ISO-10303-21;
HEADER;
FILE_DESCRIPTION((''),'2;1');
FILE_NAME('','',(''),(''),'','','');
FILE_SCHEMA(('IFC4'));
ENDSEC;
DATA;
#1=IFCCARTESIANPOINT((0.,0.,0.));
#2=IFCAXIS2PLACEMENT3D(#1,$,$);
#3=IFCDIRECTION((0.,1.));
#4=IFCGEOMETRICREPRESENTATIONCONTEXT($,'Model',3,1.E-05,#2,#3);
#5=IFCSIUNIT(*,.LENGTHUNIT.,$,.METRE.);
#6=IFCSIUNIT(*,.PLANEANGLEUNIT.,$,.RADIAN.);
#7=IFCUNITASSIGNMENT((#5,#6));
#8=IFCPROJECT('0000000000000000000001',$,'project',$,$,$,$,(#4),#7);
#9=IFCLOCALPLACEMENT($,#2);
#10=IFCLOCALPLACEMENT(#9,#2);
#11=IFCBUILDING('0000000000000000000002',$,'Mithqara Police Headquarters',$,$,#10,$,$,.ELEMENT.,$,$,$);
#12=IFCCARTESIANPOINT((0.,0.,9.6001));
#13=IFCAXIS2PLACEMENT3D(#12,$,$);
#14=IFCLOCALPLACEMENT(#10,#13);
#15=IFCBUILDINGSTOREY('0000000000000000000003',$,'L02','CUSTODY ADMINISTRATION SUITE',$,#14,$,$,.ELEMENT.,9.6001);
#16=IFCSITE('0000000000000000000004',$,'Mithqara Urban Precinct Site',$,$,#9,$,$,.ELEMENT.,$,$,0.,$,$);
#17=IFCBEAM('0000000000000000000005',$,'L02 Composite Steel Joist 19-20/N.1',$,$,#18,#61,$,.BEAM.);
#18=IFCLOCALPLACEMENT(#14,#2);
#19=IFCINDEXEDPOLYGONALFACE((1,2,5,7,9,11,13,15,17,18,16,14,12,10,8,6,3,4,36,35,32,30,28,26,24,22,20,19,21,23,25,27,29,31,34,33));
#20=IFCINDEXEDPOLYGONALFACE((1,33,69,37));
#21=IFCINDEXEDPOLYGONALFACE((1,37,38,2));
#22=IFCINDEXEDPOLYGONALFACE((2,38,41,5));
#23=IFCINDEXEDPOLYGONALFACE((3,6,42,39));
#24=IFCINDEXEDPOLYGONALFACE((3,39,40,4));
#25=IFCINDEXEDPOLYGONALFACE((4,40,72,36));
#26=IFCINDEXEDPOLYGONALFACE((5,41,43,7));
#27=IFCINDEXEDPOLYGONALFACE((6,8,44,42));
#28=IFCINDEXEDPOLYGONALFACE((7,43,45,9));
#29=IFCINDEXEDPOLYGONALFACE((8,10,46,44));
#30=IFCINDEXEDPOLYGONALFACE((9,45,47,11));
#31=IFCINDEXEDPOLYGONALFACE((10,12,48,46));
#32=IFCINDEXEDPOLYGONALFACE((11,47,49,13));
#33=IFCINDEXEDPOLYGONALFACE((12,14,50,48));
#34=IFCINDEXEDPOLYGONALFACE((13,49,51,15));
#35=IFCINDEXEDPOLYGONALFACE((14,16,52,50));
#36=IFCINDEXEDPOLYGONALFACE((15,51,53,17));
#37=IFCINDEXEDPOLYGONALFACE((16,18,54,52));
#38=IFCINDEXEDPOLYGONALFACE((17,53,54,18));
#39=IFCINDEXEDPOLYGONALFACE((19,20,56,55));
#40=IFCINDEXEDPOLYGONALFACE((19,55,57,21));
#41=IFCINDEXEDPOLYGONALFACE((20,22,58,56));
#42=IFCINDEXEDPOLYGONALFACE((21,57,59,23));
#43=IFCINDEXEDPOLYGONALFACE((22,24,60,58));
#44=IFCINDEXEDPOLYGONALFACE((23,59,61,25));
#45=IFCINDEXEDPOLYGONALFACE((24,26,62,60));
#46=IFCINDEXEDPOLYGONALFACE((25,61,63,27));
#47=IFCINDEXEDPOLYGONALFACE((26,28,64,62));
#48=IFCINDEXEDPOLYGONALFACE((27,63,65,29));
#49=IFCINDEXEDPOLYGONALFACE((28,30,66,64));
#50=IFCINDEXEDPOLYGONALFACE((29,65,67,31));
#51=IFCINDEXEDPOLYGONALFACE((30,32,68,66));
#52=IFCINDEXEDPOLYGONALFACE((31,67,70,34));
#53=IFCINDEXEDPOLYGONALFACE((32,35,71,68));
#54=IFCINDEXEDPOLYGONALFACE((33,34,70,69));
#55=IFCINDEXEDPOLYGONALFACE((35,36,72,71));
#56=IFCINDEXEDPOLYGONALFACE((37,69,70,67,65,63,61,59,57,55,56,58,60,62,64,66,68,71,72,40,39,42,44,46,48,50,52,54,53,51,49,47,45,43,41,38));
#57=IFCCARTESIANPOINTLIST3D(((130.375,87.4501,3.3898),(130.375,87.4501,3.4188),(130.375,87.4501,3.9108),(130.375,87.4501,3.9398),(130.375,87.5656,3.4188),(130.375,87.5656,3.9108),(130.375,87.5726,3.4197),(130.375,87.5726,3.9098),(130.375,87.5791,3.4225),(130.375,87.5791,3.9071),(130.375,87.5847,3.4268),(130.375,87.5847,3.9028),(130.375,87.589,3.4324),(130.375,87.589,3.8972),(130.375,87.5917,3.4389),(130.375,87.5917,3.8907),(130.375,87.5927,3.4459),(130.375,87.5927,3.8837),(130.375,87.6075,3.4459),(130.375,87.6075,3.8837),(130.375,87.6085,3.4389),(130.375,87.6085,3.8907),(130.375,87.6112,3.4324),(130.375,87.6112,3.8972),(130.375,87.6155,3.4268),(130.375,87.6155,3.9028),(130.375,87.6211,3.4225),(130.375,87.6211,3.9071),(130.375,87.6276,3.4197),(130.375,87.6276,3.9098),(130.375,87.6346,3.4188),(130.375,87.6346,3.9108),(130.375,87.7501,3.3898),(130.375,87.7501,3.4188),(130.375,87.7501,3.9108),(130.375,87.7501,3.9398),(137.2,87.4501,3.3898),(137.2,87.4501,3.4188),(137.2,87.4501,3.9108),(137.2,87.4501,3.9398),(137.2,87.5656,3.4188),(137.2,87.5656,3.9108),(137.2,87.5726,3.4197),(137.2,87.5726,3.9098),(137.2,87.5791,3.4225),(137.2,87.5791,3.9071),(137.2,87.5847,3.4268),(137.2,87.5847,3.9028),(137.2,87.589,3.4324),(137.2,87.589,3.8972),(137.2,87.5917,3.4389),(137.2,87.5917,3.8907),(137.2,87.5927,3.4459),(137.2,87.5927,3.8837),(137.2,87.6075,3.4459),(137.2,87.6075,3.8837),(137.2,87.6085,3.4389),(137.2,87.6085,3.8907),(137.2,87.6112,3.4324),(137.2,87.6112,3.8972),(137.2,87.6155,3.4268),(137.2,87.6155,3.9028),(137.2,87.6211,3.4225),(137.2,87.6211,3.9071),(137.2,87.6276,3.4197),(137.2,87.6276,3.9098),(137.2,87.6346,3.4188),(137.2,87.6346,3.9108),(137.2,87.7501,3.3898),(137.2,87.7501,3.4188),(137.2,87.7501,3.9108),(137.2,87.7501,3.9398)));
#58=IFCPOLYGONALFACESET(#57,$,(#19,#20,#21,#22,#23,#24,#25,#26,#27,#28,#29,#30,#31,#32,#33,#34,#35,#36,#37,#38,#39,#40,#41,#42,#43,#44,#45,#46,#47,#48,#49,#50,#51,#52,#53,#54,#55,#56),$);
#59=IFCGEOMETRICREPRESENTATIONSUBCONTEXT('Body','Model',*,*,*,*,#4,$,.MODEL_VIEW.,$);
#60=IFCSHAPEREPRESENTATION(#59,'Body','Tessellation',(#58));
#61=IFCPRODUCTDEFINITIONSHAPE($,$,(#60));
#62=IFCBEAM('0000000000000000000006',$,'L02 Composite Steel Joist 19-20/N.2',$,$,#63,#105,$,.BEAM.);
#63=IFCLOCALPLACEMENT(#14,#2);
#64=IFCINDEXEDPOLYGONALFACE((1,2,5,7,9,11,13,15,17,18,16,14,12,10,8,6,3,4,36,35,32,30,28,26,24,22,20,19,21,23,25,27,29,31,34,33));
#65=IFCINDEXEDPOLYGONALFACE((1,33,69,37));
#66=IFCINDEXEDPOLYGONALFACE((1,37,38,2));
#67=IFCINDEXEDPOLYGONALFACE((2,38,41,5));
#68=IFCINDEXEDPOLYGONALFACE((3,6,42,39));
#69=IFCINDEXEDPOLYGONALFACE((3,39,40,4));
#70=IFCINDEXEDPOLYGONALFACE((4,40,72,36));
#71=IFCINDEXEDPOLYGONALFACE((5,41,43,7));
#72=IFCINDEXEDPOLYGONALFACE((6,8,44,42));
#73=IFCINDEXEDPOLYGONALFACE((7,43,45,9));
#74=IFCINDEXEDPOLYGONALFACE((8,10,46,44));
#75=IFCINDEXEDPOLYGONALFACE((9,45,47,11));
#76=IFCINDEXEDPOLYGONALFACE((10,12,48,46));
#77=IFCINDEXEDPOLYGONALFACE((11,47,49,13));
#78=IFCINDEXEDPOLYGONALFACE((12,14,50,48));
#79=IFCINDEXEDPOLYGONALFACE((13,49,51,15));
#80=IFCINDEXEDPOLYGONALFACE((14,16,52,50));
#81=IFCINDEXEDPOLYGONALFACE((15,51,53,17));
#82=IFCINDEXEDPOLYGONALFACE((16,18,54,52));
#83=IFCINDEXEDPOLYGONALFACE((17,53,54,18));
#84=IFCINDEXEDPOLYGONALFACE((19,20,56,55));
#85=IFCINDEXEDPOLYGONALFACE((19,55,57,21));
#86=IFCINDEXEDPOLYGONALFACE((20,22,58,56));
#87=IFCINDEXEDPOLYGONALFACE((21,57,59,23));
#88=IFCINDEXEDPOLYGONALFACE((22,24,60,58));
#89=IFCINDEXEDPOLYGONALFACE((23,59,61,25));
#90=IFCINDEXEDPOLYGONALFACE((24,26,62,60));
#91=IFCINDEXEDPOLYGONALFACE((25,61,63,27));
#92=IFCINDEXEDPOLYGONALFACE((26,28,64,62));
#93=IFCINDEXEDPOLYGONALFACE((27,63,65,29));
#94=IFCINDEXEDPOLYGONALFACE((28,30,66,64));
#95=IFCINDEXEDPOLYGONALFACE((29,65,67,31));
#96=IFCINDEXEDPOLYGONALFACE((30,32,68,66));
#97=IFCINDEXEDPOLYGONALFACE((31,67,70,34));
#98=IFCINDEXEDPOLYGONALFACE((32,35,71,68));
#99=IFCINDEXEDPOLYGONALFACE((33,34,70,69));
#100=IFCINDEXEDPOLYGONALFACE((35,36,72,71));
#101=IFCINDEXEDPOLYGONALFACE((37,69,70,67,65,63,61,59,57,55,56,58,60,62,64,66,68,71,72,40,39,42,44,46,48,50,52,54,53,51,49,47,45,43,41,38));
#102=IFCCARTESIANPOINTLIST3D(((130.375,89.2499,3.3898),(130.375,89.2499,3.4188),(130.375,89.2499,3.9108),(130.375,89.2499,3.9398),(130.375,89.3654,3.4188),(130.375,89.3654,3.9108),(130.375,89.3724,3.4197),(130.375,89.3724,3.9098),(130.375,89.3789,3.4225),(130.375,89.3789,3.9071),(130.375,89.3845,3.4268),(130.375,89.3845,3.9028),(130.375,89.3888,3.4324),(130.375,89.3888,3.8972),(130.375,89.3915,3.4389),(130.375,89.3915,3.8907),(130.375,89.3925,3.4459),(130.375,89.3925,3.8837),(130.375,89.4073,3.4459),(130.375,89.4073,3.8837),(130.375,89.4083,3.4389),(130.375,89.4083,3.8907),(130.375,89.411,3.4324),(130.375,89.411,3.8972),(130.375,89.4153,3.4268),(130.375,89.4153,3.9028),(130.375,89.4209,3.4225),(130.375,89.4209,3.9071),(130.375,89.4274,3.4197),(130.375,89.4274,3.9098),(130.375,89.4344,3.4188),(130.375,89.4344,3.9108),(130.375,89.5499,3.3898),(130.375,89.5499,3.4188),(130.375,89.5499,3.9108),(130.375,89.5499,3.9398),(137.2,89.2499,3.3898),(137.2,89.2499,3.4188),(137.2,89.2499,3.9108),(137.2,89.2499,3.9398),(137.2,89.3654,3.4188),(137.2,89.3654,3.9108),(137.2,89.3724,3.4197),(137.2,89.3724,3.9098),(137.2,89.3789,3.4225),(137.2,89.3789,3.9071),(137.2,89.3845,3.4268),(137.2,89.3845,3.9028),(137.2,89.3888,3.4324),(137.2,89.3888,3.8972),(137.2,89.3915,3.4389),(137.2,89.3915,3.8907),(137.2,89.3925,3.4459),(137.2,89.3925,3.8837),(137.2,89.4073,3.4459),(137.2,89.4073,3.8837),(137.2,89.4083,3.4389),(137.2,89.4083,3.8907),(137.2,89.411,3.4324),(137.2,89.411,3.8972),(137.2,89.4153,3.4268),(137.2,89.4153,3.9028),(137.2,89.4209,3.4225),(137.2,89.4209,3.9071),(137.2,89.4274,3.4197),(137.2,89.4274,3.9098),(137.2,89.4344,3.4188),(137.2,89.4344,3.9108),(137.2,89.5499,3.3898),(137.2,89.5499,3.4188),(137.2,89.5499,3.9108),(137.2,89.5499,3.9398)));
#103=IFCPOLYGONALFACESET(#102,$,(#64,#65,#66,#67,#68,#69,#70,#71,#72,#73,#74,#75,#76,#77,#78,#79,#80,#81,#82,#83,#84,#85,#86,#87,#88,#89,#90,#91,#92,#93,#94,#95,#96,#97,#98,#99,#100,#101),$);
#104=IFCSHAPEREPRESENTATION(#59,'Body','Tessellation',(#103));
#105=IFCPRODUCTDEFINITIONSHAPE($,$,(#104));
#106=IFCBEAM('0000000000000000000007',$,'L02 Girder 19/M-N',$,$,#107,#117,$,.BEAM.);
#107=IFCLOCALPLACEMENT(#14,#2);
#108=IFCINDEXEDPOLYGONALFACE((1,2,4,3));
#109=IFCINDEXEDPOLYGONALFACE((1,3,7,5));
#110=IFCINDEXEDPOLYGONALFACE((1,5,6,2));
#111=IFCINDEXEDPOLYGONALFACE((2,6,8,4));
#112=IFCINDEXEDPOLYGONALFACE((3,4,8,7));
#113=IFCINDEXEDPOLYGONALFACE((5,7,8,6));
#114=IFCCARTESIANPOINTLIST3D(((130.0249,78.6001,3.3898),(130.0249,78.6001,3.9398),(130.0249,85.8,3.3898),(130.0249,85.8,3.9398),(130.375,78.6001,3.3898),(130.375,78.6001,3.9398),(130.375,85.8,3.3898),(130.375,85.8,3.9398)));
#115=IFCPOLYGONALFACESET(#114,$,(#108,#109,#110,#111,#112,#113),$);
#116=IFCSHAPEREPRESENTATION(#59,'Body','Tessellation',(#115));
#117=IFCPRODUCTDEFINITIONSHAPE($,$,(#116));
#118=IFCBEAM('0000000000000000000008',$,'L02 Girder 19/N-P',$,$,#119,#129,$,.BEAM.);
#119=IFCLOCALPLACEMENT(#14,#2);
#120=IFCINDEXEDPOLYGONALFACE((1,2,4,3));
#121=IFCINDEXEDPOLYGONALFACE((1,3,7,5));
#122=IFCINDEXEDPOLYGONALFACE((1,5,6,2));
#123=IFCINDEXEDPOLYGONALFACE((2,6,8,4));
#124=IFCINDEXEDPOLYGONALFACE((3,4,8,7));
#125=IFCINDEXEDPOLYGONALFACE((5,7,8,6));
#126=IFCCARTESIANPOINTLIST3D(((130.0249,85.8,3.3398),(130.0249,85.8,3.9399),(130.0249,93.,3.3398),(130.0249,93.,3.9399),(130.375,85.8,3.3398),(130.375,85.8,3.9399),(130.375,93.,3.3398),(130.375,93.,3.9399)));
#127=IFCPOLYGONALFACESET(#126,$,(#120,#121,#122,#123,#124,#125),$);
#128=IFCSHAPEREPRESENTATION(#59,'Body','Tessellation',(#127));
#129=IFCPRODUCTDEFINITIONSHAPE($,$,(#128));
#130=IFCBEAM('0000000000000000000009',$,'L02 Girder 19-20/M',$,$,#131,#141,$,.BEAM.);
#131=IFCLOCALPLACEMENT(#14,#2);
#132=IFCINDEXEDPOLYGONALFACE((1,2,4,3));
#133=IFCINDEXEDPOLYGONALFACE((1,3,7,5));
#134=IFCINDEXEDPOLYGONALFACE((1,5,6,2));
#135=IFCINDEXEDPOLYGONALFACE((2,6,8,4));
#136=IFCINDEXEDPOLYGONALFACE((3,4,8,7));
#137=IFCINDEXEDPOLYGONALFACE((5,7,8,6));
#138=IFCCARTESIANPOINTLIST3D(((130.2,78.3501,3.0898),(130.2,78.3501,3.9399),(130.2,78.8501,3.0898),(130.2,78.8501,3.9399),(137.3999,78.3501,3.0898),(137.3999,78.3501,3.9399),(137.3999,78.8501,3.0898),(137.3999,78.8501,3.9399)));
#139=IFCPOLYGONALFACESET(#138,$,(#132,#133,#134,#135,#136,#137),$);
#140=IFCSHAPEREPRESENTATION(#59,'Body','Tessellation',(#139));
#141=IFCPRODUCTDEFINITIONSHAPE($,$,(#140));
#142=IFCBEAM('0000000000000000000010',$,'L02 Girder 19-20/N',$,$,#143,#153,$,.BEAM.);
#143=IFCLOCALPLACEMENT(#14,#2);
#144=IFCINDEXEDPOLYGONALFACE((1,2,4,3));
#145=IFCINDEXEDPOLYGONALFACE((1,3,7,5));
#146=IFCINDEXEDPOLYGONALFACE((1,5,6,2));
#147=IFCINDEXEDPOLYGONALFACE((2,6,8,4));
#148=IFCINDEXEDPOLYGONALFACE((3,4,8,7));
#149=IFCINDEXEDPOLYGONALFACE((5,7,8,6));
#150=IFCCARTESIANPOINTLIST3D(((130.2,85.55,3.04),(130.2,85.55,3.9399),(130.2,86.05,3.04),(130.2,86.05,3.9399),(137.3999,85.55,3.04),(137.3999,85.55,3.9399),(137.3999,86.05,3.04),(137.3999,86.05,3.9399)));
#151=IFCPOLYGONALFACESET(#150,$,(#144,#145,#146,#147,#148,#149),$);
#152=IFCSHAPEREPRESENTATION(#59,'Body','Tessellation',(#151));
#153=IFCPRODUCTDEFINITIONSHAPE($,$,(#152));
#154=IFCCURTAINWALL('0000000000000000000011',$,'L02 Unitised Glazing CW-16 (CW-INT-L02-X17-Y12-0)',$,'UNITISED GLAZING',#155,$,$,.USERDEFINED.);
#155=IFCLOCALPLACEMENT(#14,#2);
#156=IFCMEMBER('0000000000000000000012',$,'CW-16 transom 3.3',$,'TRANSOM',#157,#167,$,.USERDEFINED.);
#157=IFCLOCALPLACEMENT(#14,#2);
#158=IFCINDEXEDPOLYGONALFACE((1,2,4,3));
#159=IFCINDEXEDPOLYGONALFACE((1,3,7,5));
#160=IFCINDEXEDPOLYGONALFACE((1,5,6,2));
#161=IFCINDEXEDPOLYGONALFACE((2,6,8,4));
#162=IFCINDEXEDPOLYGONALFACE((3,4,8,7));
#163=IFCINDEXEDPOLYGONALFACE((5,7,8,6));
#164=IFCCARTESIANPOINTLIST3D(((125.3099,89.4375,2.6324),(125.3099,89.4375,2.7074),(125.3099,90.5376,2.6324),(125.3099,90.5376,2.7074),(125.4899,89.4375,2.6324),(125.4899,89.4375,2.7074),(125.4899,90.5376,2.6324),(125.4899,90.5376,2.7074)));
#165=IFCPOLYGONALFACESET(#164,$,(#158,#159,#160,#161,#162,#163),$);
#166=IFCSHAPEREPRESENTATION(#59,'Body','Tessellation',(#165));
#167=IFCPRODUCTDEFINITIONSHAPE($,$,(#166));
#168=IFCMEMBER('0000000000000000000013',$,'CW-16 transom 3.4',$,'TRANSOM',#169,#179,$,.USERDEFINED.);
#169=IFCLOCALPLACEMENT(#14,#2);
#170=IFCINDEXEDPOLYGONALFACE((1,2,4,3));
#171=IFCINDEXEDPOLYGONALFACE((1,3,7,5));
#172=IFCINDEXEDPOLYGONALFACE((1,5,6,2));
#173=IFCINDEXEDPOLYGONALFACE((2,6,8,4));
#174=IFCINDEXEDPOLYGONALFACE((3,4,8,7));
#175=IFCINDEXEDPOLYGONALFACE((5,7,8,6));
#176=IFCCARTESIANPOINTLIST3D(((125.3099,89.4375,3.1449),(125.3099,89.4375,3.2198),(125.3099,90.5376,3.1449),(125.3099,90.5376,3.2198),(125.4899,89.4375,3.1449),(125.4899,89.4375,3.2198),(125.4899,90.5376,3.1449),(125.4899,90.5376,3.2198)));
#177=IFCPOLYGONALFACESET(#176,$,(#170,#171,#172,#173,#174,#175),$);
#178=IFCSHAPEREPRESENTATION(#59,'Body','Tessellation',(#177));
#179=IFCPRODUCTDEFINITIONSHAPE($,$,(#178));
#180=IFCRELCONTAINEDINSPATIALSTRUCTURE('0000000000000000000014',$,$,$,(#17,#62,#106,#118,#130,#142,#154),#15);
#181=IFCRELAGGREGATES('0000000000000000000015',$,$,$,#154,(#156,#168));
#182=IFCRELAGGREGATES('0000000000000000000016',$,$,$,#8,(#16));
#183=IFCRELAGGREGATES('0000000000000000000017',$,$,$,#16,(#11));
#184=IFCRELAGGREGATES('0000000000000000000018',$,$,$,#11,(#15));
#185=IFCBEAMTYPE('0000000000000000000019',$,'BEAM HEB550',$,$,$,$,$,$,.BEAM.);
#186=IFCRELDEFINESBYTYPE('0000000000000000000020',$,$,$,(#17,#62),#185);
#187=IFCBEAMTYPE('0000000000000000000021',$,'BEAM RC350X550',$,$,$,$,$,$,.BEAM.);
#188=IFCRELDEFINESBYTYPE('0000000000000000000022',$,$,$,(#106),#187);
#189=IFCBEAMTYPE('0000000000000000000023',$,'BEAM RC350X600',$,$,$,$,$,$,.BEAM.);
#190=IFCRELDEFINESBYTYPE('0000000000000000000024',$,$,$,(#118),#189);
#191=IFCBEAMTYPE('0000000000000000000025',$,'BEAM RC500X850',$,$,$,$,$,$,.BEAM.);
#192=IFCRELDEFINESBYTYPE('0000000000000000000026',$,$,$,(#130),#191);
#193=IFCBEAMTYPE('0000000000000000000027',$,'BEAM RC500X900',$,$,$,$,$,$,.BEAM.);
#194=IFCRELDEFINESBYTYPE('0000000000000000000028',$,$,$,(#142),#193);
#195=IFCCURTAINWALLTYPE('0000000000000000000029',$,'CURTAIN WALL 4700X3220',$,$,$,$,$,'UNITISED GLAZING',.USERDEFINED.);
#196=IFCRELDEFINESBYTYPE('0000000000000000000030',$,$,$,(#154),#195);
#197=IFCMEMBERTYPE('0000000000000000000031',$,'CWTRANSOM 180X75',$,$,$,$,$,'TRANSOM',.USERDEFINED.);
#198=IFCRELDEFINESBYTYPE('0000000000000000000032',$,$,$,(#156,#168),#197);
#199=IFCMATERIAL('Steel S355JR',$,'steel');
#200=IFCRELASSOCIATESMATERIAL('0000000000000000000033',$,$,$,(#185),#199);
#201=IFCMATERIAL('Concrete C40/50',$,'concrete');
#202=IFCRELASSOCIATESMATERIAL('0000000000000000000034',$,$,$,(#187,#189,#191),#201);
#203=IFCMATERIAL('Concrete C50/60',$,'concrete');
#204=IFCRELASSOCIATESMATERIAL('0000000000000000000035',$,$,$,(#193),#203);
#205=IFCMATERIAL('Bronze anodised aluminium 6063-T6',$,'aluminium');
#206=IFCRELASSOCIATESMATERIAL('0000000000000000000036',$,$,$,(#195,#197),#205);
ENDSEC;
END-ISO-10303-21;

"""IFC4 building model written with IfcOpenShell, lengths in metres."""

from ifc_helpers import new_model, si_unit, direction, frame, origin, origin_2d, place, context, subcontext, project, spatial, rectangle, i_section, extrude, material, material_profile, profile_set, type_object, element, aggregate, save


model = new_model("IFC4")

# Units and contexts
model_context = context("Model", 3, precision=1e-05, world=origin(), true_north=direction((0.0, 1.0)))
body_context = subcontext(model_context, "Body", "Model", "MODEL_VIEW")
ifc_project = project(units=[si_unit("LENGTHUNIT", "METRE"), si_unit("PLANEANGLEUNIT", "RADIAN")], contexts=[model_context])

# Site, building, storey
site_placement = place(None, origin())
site = spatial("IfcSite", under=ifc_project, at=site_placement, Name="Mithqara Urban Precinct Site", CompositionType="ELEMENT", RefElevation=0.0)
building_placement = place(site_placement, origin())
building = spatial("IfcBuilding", under=site, at=building_placement, Name="Mithqara Police Headquarters", CompositionType="ELEMENT")
storey_placement = place(building_placement, frame((0.0, 0.0, 9.6001)))
storey = spatial("IfcBuildingStorey", under=building, at=storey_placement, Name="L02", Description="CUSTODY ADMINISTRATION SUITE", CompositionType="ELEMENT", Elevation=9.6001)

# Shared definitions
ifc_material_1 = material(Name="Concrete C50/60", Category="concrete")

# Beams
ifc_material_2 = material(Name="Steel S355JR", Category="steel")
ifc_material_profile_1 = material_profile(ifc_material_2, i_section(OverallWidth=0.3, OverallDepth=0.55, WebThickness=0.0149, FlangeThickness=0.0291, FilletRadius=0.0271, at=origin_2d()), Name="HEB 550")
ifc_profile_set_1 = profile_set([ifc_material_profile_1], Name="Steel S355JR")
beam_type_1 = type_object("IfcBeamType", Name="BEAM HEB550", PredefinedType="BEAM", material=ifc_profile_set_1)
for number, where, z_axis, x_axis, name in (
    (1, (130.375, 87.6001, 3.6648), (1.0, 0.0, 0.0), (0.0, 1.0, 0.0), "L02 Composite Steel Joist 19-20/N.1"),
    (2, (130.375, 89.3999, 3.6648), (1.0, 0.0, 0.0), (0.0, 1.0, 0.0), "L02 Composite Steel Joist 19-20/N.2"),
):
    element("IfcBeam", number, at=place(storey_placement, frame(where, z_axis=z_axis, x_axis=x_axis)), inside=storey, type_object=beam_type_1, Name=name, PredefinedType="BEAM", context=body_context, shape_type="SweptSolid", body=[
        extrude(i_section(OverallWidth=0.3, OverallDepth=0.55, WebThickness=0.0149, FlangeThickness=0.0291, FilletRadius=0.0271, at=origin_2d()), origin(), (0.0, 0.0, 1.0), 6.825),
    ])
ifc_material_3 = material(Name="Concrete C40/50", Category="concrete")
ifc_material_profile_2 = material_profile(ifc_material_3, rectangle(XDim=0.3501, YDim=0.55, at=origin_2d()), Name="RC 350x550")
ifc_profile_set_2 = profile_set([ifc_material_profile_2], Name="Concrete C40/50")
beam_type_2 = type_object("IfcBeamType", Name="BEAM RC350X550", PredefinedType="BEAM", material=ifc_profile_set_2)
beam_1_placement = place(storey_placement, frame((130.2, 78.6001, 3.6648), z_axis=(0.0, 1.0, 0.0), x_axis=(-1.0, 0.0, 0.0)))
element("IfcBeam", 3, at=beam_1_placement, inside=storey, type_object=beam_type_2, Name="L02 Girder 19/M-N", PredefinedType="BEAM", context=body_context, shape_type="SweptSolid", body=[
    extrude(rectangle(XDim=0.3501, YDim=0.55, at=origin_2d()), origin(), (0.0, 0.0, 1.0), 7.2),
])
ifc_material_profile_3 = material_profile(ifc_material_3, rectangle(XDim=0.3501, YDim=0.6001, at=origin_2d()), Name="RC 350x600")
ifc_profile_set_3 = profile_set([ifc_material_profile_3], Name="Concrete C40/50")
beam_type_3 = type_object("IfcBeamType", Name="BEAM RC350X600", PredefinedType="BEAM", material=ifc_profile_set_3)
beam_2_placement = place(storey_placement, frame((130.2, 85.8, 3.6399), z_axis=(0.0, 1.0, 0.0), x_axis=(-1.0, 0.0, 0.0)))
element("IfcBeam", 4, at=beam_2_placement, inside=storey, type_object=beam_type_3, Name="L02 Girder 19/N-P", PredefinedType="BEAM", context=body_context, shape_type="SweptSolid", body=[
    extrude(rectangle(XDim=0.3501, YDim=0.6001, at=origin_2d()), origin(), (0.0, 0.0, 1.0), 7.2),
])
ifc_material_profile_4 = material_profile(ifc_material_3, rectangle(XDim=0.5, YDim=0.8501, at=origin_2d()), Name="RC 500x850")
ifc_profile_set_4 = profile_set([ifc_material_profile_4], Name="Concrete C40/50")
beam_type_4 = type_object("IfcBeamType", Name="BEAM RC500X850", PredefinedType="BEAM", material=ifc_profile_set_4)
beam_3_placement = place(storey_placement, frame((130.2, 78.6001, 3.5149), z_axis=(1.0, 0.0, 0.0), x_axis=(0.0, 1.0, 0.0)))
element("IfcBeam", 5, at=beam_3_placement, inside=storey, type_object=beam_type_4, Name="L02 Girder 19-20/M", PredefinedType="BEAM", context=body_context, shape_type="SweptSolid", body=[
    extrude(rectangle(XDim=0.5, YDim=0.8501, at=origin_2d()), origin(), (0.0, 0.0, 1.0), 7.2),
])
ifc_material_profile_5 = material_profile(ifc_material_1, rectangle(XDim=0.5, YDim=0.8999, at=origin_2d()), Name="RC 500x900")
ifc_profile_set_5 = profile_set([ifc_material_profile_5], Name="Concrete C50/60")
beam_type_5 = type_object("IfcBeamType", Name="BEAM RC500X900", PredefinedType="BEAM", material=ifc_profile_set_5)
beam_4_placement = place(storey_placement, frame((130.2, 85.8, 3.49), z_axis=(1.0, 0.0, 0.0), x_axis=(0.0, 1.0, 0.0)))
element("IfcBeam", 6, at=beam_4_placement, inside=storey, type_object=beam_type_5, Name="L02 Girder 19-20/N", PredefinedType="BEAM", context=body_context, shape_type="SweptSolid", body=[
    extrude(rectangle(XDim=0.5, YDim=0.8999, at=origin_2d()), origin(), (0.0, 0.0, 1.0), 7.2),
])

# Curtain wall, members
ifc_material_4 = material(Name="Bronze anodised aluminium 6063-T6", Category="aluminium")
curtain_wall_type = type_object("IfcCurtainWallType", Name="CURTAIN WALL 4700X3220", ElementType="UNITISED GLAZING", PredefinedType="USERDEFINED", material=ifc_material_4)
curtain_wall_placement = place(storey_placement, origin())
curtain_wall = element("IfcCurtainWall", 7, at=curtain_wall_placement, inside=storey, type_object=curtain_wall_type, Name="L02 Unitised Glazing CW-16 (CW-INT-L02-X17-Y12-0)", ObjectType="UNITISED GLAZING", PredefinedType="USERDEFINED")
ifc_material_profile_6 = material_profile(ifc_material_4, rectangle(XDim=0.1799, YDim=0.075, at=origin_2d()), Name="CWT 180x75")
ifc_profile_set_6 = profile_set([ifc_material_profile_6], Name="Bronze anodised aluminium 6063-T6")
member_type = type_object("IfcMemberType", Name="CWTRANSOM 180X75", ElementType="TRANSOM", PredefinedType="USERDEFINED", material=ifc_profile_set_6)
member_1_placement = place(storey_placement, frame((125.3999, 89.4375, 2.6699), z_axis=(0.0, 1.0, 0.0), x_axis=(-1.0, 0.0, 0.0)))
member_1 = element("IfcMember", 8, at=member_1_placement, type_object=member_type, Name="CW-16 transom 3.3", ObjectType="TRANSOM", PredefinedType="USERDEFINED", context=body_context, shape_type="SweptSolid", body=[
    extrude(rectangle(XDim=0.1799, YDim=0.075, at=origin_2d()), origin(), (0.0, 0.0, 1.0), 1.1001),
])
member_2_placement = place(storey_placement, frame((125.3999, 89.4375, 3.1824), z_axis=(0.0, 1.0, 0.0), x_axis=(-1.0, 0.0, 0.0)))
member_2 = element("IfcMember", 9, at=member_2_placement, type_object=member_type, Name="CW-16 transom 3.4", ObjectType="TRANSOM", PredefinedType="USERDEFINED", context=body_context, shape_type="SweptSolid", body=[
    extrude(rectangle(XDim=0.1799, YDim=0.075, at=origin_2d()), origin(), (0.0, 0.0, 1.0), 1.1001),
])
aggregate(curtain_wall, [member_1, member_2])

save(model, "model.ifc")
